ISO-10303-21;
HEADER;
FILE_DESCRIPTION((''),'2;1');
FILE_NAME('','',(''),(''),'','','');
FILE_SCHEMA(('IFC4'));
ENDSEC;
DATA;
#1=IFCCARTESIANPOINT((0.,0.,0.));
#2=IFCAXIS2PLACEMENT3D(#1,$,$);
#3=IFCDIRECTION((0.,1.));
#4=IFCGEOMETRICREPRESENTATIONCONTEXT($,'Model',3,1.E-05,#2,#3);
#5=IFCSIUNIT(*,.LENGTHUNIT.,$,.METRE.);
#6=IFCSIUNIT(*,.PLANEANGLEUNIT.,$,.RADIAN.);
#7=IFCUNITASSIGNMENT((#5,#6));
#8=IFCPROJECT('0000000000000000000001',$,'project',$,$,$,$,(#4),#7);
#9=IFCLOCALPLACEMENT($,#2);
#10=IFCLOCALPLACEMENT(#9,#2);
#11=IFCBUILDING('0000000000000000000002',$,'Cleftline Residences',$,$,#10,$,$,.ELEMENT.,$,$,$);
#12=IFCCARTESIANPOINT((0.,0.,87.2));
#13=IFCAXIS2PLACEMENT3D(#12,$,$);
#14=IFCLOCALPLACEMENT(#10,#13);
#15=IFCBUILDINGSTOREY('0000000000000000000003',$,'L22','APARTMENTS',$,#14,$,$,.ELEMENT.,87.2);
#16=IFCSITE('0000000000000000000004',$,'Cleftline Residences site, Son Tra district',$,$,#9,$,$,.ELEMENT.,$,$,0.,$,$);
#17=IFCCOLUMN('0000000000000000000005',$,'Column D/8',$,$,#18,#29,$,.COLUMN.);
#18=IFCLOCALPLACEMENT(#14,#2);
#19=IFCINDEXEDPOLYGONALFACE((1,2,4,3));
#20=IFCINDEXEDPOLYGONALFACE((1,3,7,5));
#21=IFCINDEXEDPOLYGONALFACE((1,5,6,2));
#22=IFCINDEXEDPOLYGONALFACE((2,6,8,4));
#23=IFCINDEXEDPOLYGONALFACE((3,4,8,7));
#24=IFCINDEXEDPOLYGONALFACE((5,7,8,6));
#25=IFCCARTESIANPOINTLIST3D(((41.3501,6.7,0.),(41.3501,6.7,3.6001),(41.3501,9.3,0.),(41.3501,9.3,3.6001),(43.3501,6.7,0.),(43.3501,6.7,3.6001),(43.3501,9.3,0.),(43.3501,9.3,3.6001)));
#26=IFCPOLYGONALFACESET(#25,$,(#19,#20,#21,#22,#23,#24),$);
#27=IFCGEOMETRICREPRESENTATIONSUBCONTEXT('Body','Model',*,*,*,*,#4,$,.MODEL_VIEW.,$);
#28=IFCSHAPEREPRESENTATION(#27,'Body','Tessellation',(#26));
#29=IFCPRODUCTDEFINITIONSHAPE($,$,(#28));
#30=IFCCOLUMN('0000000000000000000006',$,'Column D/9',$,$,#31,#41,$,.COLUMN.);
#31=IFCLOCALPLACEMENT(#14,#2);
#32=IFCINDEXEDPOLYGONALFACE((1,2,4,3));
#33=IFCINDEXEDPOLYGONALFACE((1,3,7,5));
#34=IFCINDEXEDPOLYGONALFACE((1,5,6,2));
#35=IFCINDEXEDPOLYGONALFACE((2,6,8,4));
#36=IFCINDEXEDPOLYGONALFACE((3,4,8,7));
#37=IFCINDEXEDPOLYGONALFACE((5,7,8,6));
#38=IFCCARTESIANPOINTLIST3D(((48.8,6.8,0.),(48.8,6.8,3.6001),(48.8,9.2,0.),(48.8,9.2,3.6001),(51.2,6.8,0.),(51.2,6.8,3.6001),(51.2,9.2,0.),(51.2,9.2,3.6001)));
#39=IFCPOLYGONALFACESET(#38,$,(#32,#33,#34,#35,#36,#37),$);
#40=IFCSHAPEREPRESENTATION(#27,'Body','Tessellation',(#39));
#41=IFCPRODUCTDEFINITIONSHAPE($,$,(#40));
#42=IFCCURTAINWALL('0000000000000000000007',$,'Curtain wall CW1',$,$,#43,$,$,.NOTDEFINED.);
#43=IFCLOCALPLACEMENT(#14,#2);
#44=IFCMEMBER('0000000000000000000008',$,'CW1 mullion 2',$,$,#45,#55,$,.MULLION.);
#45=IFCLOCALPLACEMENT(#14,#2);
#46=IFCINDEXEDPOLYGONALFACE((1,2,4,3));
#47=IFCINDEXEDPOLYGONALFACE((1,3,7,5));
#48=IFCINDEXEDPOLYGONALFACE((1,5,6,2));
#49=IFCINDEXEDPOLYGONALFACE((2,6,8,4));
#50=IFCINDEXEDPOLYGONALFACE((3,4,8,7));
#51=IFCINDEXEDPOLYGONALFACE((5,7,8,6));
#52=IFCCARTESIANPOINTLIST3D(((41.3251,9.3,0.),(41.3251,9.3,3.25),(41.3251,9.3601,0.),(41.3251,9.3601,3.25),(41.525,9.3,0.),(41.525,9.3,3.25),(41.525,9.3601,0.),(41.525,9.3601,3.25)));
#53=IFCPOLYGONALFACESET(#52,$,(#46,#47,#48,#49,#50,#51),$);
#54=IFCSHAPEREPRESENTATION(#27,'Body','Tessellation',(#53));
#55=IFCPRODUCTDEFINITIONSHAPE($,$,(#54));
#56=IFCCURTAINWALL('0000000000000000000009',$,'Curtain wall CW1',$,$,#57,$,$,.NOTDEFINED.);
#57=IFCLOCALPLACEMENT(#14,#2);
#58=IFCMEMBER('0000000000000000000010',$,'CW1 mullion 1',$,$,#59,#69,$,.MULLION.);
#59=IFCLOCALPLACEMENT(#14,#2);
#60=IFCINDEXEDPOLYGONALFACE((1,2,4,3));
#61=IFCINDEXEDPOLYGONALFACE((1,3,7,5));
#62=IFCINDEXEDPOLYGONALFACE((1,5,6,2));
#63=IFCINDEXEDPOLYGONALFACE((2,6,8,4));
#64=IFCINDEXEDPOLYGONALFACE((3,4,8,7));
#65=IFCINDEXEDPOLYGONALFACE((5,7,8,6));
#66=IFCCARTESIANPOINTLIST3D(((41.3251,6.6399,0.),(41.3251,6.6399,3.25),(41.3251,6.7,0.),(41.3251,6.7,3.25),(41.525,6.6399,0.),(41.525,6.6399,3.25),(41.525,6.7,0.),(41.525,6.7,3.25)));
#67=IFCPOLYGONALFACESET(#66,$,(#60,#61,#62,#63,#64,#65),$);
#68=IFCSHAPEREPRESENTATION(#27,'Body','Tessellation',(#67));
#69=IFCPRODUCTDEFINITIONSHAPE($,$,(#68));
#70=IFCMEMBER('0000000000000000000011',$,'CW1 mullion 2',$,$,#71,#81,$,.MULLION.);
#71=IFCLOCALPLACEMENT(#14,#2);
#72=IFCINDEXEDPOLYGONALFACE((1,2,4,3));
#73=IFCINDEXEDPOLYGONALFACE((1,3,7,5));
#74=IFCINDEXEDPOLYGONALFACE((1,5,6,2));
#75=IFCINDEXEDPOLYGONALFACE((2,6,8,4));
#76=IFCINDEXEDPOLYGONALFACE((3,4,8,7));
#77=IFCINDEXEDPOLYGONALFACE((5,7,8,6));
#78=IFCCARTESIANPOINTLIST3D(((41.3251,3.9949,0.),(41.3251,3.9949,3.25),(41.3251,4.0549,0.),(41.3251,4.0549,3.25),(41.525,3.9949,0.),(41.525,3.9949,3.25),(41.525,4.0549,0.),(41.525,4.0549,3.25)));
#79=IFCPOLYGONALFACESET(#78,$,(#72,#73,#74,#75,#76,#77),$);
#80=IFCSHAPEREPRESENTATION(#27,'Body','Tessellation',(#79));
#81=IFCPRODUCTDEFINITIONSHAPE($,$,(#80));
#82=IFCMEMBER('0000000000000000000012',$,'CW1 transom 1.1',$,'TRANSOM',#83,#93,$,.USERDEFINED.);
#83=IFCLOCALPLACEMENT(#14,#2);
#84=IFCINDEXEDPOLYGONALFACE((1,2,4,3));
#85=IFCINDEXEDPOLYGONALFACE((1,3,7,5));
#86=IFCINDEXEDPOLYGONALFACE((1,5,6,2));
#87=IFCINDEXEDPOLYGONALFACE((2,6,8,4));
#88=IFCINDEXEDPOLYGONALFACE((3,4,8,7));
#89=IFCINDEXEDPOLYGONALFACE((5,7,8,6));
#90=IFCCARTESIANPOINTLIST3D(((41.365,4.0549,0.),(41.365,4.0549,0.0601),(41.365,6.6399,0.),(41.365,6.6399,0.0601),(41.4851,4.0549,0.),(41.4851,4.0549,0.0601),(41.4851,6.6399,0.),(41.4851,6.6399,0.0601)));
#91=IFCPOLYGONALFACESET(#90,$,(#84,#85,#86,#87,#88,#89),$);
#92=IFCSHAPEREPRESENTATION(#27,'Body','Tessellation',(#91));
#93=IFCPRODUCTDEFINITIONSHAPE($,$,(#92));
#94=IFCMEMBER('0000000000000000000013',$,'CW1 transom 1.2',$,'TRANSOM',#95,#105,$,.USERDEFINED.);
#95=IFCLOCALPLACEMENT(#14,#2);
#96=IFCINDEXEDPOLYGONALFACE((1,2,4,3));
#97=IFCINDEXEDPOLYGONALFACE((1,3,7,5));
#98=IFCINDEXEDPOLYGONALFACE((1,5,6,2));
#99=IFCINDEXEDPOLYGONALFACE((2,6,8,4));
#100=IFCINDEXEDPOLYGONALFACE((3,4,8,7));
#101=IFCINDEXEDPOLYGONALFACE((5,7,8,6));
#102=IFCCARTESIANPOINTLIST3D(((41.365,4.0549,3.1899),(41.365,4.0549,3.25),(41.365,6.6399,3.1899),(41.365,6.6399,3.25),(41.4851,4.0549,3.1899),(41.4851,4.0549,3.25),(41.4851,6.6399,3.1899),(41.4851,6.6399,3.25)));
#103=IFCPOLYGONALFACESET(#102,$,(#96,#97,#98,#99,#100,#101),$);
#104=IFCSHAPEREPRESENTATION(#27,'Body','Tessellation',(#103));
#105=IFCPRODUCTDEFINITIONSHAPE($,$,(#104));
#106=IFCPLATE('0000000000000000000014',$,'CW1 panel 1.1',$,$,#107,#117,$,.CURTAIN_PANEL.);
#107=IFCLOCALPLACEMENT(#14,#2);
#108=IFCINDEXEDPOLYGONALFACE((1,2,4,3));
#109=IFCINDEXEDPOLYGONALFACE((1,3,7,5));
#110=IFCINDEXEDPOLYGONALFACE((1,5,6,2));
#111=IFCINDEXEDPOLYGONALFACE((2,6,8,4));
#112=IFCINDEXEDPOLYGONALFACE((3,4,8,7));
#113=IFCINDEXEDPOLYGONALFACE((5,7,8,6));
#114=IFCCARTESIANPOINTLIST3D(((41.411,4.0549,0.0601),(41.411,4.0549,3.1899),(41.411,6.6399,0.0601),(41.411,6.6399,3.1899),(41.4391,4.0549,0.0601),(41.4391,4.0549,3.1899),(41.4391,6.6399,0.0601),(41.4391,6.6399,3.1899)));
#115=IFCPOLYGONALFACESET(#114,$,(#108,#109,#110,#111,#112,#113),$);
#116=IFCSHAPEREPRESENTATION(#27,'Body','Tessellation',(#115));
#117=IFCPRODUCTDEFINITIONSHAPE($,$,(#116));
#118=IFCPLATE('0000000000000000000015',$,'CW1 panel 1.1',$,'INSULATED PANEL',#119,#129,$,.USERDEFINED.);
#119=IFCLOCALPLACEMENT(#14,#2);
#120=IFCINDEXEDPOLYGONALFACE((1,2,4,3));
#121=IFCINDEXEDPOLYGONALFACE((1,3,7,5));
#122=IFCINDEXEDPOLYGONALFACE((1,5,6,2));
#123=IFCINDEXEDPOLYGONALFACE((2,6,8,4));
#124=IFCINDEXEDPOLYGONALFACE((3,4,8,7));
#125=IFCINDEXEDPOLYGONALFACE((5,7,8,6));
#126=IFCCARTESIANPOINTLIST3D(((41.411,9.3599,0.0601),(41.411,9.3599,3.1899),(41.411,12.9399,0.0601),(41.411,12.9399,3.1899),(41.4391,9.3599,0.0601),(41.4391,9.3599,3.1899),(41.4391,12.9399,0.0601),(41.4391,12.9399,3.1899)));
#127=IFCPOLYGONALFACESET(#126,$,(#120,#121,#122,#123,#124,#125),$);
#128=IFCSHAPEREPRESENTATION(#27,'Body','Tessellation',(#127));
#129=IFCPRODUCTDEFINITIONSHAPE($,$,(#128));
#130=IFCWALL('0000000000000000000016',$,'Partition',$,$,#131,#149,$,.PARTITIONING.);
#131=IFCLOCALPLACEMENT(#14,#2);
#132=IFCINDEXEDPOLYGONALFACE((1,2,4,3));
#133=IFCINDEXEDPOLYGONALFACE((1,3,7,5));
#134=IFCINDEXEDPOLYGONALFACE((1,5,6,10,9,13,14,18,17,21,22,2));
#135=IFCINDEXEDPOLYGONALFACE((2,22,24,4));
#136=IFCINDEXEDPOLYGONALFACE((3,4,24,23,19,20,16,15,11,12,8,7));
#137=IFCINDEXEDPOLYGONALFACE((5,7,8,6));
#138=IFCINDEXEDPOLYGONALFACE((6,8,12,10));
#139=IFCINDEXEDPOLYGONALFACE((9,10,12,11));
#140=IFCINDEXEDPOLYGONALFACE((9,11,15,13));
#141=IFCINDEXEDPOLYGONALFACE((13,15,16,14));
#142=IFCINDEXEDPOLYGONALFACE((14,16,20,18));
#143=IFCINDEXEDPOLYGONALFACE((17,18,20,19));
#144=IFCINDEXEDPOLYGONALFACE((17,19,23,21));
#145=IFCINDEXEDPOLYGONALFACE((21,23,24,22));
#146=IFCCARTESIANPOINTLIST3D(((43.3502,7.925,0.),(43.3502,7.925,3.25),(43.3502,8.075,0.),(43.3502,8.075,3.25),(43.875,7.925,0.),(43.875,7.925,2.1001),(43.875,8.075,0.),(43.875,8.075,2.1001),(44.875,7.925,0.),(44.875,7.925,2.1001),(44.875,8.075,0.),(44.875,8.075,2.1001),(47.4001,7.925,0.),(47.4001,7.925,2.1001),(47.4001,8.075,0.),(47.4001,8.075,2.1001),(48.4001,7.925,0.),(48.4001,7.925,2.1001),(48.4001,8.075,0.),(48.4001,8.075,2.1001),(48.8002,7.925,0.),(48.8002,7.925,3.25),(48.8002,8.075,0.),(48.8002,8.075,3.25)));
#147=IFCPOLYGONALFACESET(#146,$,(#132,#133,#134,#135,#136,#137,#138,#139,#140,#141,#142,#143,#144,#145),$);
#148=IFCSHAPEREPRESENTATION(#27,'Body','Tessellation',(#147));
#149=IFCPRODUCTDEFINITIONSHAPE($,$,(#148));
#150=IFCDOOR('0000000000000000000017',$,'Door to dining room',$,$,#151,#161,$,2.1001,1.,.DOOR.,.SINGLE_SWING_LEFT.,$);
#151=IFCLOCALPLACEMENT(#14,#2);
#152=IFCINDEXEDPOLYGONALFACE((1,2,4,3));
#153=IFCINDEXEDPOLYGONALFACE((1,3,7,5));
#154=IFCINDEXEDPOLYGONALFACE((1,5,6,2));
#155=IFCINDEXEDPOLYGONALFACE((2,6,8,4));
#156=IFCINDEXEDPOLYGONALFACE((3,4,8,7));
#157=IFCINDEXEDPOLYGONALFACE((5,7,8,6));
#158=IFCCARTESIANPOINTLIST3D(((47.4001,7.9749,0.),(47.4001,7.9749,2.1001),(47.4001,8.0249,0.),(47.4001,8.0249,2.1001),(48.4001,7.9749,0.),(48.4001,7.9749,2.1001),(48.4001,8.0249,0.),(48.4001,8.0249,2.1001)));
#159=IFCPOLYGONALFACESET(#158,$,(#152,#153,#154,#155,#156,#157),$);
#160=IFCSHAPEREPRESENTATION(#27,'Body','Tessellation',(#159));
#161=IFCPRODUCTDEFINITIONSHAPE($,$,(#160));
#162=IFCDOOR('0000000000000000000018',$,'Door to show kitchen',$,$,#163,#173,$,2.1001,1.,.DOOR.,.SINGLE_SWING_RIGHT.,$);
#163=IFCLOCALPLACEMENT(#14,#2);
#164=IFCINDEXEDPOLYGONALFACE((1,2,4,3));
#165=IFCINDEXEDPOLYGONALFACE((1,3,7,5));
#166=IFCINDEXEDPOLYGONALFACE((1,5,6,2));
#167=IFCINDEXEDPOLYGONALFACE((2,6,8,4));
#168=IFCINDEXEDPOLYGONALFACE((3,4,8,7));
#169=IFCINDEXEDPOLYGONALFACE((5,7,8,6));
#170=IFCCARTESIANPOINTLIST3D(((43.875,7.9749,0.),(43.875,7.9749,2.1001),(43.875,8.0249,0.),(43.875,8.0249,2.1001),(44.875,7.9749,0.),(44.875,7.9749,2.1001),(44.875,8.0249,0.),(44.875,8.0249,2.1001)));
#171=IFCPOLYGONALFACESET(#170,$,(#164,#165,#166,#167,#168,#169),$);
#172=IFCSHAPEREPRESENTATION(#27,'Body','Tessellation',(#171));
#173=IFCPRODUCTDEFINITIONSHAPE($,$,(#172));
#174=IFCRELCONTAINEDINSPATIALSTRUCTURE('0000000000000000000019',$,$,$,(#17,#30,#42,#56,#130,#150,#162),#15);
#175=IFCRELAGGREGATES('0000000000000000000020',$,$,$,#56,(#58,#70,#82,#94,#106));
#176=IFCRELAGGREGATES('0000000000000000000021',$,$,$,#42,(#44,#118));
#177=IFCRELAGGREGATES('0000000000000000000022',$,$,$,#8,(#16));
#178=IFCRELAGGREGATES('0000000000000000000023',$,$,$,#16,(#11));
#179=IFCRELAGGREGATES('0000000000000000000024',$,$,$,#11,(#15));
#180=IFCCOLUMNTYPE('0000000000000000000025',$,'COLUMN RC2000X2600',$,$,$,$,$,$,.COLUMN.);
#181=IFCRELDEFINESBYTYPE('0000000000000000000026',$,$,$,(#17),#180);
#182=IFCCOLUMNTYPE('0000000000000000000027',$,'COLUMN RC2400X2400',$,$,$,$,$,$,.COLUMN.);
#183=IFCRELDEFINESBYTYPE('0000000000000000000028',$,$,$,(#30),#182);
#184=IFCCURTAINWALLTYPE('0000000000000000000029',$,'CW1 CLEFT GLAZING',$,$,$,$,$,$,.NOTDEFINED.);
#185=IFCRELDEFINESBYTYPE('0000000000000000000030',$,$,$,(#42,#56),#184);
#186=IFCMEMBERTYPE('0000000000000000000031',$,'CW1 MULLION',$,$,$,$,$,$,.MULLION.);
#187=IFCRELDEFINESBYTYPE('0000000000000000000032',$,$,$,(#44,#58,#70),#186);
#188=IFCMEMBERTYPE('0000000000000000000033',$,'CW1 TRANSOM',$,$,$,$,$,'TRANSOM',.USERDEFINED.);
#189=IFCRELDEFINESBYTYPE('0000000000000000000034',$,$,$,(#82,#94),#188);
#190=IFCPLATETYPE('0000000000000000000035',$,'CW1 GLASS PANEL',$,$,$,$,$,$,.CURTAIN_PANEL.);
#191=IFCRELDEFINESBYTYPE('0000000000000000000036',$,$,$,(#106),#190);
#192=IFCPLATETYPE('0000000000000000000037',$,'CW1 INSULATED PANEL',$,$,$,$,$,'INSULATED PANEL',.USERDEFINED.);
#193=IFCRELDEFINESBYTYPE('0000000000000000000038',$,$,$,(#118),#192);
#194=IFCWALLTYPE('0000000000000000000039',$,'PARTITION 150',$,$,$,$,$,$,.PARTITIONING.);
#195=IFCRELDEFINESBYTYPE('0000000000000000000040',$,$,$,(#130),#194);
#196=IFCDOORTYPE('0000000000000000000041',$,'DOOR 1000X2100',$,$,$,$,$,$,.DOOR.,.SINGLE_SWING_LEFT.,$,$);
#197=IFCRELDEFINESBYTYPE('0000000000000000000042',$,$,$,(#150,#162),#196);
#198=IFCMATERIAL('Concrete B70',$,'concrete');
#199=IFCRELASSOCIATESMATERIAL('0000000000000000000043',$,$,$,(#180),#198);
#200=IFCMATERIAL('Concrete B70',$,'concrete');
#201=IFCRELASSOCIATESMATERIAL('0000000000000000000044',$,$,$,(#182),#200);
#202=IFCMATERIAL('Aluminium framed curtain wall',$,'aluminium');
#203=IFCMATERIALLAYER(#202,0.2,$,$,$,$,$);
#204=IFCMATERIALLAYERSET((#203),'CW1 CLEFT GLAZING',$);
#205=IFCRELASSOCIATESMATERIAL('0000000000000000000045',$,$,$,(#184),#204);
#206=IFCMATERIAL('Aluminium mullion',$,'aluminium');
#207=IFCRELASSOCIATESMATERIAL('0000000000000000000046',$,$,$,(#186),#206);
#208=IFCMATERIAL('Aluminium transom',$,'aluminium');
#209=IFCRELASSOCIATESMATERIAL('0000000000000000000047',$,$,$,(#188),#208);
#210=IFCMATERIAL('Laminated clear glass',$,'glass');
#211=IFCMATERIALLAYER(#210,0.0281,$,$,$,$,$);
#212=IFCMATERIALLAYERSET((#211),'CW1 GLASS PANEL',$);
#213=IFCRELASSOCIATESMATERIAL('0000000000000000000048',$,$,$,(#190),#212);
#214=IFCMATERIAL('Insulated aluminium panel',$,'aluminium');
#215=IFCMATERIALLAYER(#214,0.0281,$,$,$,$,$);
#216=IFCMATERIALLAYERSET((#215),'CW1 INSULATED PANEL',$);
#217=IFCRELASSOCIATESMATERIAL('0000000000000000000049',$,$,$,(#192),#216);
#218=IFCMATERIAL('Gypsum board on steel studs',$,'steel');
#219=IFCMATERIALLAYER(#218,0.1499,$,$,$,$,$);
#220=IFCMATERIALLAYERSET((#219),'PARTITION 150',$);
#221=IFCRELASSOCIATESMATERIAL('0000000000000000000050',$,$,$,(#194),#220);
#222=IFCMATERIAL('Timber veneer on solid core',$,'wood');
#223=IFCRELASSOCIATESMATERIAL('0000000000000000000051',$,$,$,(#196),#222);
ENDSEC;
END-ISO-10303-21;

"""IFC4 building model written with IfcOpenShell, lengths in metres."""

from ifc_helpers import new_model, si_unit, direction, frame, frame_2d, origin, origin_2d, place, context, subcontext, project, spatial, rectangle, extrude, material, layer, layer_set, material_profile, profile_set, type_object, element, fill, aggregate, save


model = new_model("IFC4")

# Units and contexts
model_context = context("Model", 3, precision=1e-05, world=origin(), true_north=direction((0.0, 1.0)))
body_context = subcontext(model_context, "Body", "Model", "MODEL_VIEW")
ifc_project = project(units=[si_unit("LENGTHUNIT", "METRE"), si_unit("PLANEANGLEUNIT", "RADIAN")], contexts=[model_context])

# Site, building, storey
site_placement = place(None, origin())
site = spatial("IfcSite", under=ifc_project, at=site_placement, Name="Cleftline Residences site, Son Tra district", CompositionType="ELEMENT", RefElevation=0.0)
building_placement = place(site_placement, origin())
building = spatial("IfcBuilding", under=site, at=building_placement, Name="Cleftline Residences", CompositionType="ELEMENT")
storey_placement = place(building_placement, frame((0.0, 0.0, 87.2)))
storey = spatial("IfcBuildingStorey", under=building, at=storey_placement, Name="L22", Description="APARTMENTS", CompositionType="ELEMENT", Elevation=87.2)

# Columns
ifc_material_1 = material(Name="Concrete B70", Category="concrete")
ifc_material_profile_1 = material_profile(ifc_material_1, rectangle(XDim=2.0, YDim=2.6001, at=origin_2d()))
ifc_profile_set_1 = profile_set([ifc_material_profile_1], Name="Concrete B70")
column_type_1 = type_object("IfcColumnType", Name="COLUMN RC2000X2600", PredefinedType="COLUMN", material=ifc_profile_set_1)
column_1_placement = place(storey_placement, frame((42.3501, 8.0, 0.0), z_axis=(0.0, 0.0, 1.0), x_axis=(1.0, 0.0, 0.0)))
element("IfcColumn", 1, at=column_1_placement, inside=storey, type_object=column_type_1, Name="Column D/8", PredefinedType="COLUMN", context=body_context, shape_type="SweptSolid", body=[
    extrude(rectangle(XDim=2.0, YDim=2.6001, at=origin_2d()), origin(), (0.0, 0.0, 1.0), 3.6001),
])
ifc_material_2 = material(Name="Concrete B70", Category="concrete")
ifc_material_profile_2 = material_profile(ifc_material_2, rectangle(XDim=2.3999, YDim=2.3999, at=origin_2d()))
ifc_profile_set_2 = profile_set([ifc_material_profile_2], Name="Concrete B70")
column_type_2 = type_object("IfcColumnType", Name="COLUMN RC2400X2400", PredefinedType="COLUMN", material=ifc_profile_set_2)
column_2_placement = place(storey_placement, frame((50.0, 8.0, 0.0), z_axis=(0.0, 0.0, 1.0), x_axis=(1.0, 0.0, 0.0)))
element("IfcColumn", 2, at=column_2_placement, inside=storey, type_object=column_type_2, Name="Column D/9", PredefinedType="COLUMN", context=body_context, shape_type="SweptSolid", body=[
    extrude(rectangle(XDim=2.3999, YDim=2.3999, at=origin_2d()), origin(), (0.0, 0.0, 1.0), 3.6001),
])

# Curtain wall, member
ifc_material_3 = material(Name="Aluminium framed curtain wall", Category="aluminium")
ifc_layer_1 = layer(ifc_material_3, 0.2)
ifc_layer_set_1 = layer_set([ifc_layer_1], Name="CW1 CLEFT GLAZING")
curtain_wall_type = type_object("IfcCurtainWallType", Name="CW1 CLEFT GLAZING", PredefinedType="NOTDEFINED", material=ifc_layer_set_1)
curtain_wall_1_placement = place(storey_placement, origin())
curtain_wall_1 = element("IfcCurtainWall", 3, at=curtain_wall_1_placement, inside=storey, type_object=curtain_wall_type, Name="Curtain wall CW1", PredefinedType="NOTDEFINED")
ifc_material_4 = material(Name="Aluminium mullion", Category="aluminium")
ifc_material_profile_3 = material_profile(ifc_material_4, rectangle(XDim=0.2, YDim=0.0601, at=origin_2d()))
ifc_profile_set_3 = profile_set([ifc_material_profile_3], Name="Aluminium mullion")
member_type_1 = type_object("IfcMemberType", Name="CW1 MULLION", PredefinedType="MULLION", material=ifc_profile_set_3)
member_1_placement = place(storey_placement, frame((41.425, 9.3301, 0.0), z_axis=(0.0, 0.0, 1.0), x_axis=(1.0, 0.0, 0.0)))
member_1 = element("IfcMember", 4, at=member_1_placement, type_object=member_type_1, Name="CW1 mullion 2", PredefinedType="MULLION", context=body_context, shape_type="SweptSolid", body=[
    extrude(rectangle(XDim=0.2, YDim=0.0601, at=origin_2d()), origin(), (0.0, 0.0, 1.0), 3.25),
])

# Curtain wall, members, plate
curtain_wall_2_placement = place(storey_placement, origin())
curtain_wall_2 = element("IfcCurtainWall", 5, at=curtain_wall_2_placement, inside=storey, type_object=curtain_wall_type, Name="Curtain wall CW1", PredefinedType="NOTDEFINED")
member_2_placement = place(storey_placement, frame((41.425, 6.6699, 0.0), z_axis=(0.0, 0.0, 1.0), x_axis=(1.0, 0.0, 0.0)))
member_2 = element("IfcMember", 6, at=member_2_placement, type_object=member_type_1, Name="CW1 mullion 1", PredefinedType="MULLION", context=body_context, shape_type="SweptSolid", body=[
    extrude(rectangle(XDim=0.2, YDim=0.0601, at=origin_2d()), origin(), (0.0, 0.0, 1.0), 3.25),
])
member_3_placement = place(storey_placement, frame((41.425, 4.0249, 0.0), z_axis=(0.0, 0.0, 1.0), x_axis=(1.0, 0.0, 0.0)))
member_3 = element("IfcMember", 7, at=member_3_placement, type_object=member_type_1, Name="CW1 mullion 2", PredefinedType="MULLION", context=body_context, shape_type="SweptSolid", body=[
    extrude(rectangle(XDim=0.2, YDim=0.0601, at=origin_2d()), origin(), (0.0, 0.0, 1.0), 3.25),
])
ifc_material_5 = material(Name="Aluminium transom", Category="aluminium")
ifc_material_profile_4 = material_profile(ifc_material_5, rectangle(XDim=0.1201, YDim=0.0601, at=origin_2d()))
ifc_profile_set_4 = profile_set([ifc_material_profile_4], Name="Aluminium transom")
member_type_2 = type_object("IfcMemberType", Name="CW1 TRANSOM", ElementType="TRANSOM", PredefinedType="USERDEFINED", material=ifc_profile_set_4)
member_4_placement = place(storey_placement, frame((41.425, 6.6399, 0.03), z_axis=(0.0, -1.0, 0.0), x_axis=(1.0, 0.0, 0.0)))
member_4 = element("IfcMember", 8, at=member_4_placement, type_object=member_type_2, Name="CW1 transom 1.1", ObjectType="TRANSOM", PredefinedType="USERDEFINED", context=body_context, shape_type="SweptSolid", body=[
    extrude(rectangle(XDim=0.1201, YDim=0.0601, at=origin_2d()), origin(), (0.0, 0.0, 1.0), 2.585),
])
member_5_placement = place(storey_placement, frame((41.425, 6.6399, 3.22), z_axis=(0.0, -1.0, 0.0), x_axis=(1.0, 0.0, 0.0)))
member_5 = element("IfcMember", 9, at=member_5_placement, type_object=member_type_2, Name="CW1 transom 1.2", ObjectType="TRANSOM", PredefinedType="USERDEFINED", context=body_context, shape_type="SweptSolid", body=[
    extrude(rectangle(XDim=0.1201, YDim=0.0601, at=origin_2d()), origin(), (0.0, 0.0, 1.0), 2.585),
])
ifc_material_6 = material(Name="Laminated clear glass", Category="glass")
ifc_layer_2 = layer(ifc_material_6, 0.0281)
ifc_layer_set_2 = layer_set([ifc_layer_2], Name="CW1 GLASS PANEL")
plate_type_1 = type_object("IfcPlateType", Name="CW1 GLASS PANEL", PredefinedType="CURTAIN_PANEL", material=ifc_layer_set_2)
plate_1_placement = place(storey_placement, frame((41.425, 5.3474, 0.0601), z_axis=(0.0, 0.0, 1.0), x_axis=(0.0, -1.0, 0.0)))
plate_1 = element("IfcPlate", 10, at=plate_1_placement, type_object=plate_type_1, Name="CW1 panel 1.1", PredefinedType="CURTAIN_PANEL", context=body_context, shape_type="SweptSolid", body=[
    extrude(rectangle(XDim=2.585, YDim=0.0281, at=origin_2d()), origin(), (0.0, 0.0, 1.0), 3.1299),
])
aggregate(curtain_wall_2, [member_2, member_3, member_4, member_5, plate_1])

# Plate
ifc_material_7 = material(Name="Insulated aluminium panel", Category="aluminium")
ifc_layer_3 = layer(ifc_material_7, 0.0281)
ifc_layer_set_3 = layer_set([ifc_layer_3], Name="CW1 INSULATED PANEL")
plate_type_2 = type_object("IfcPlateType", Name="CW1 INSULATED PANEL", ElementType="INSULATED PANEL", PredefinedType="USERDEFINED", material=ifc_layer_set_3)
plate_2_placement = place(storey_placement, frame((41.425, 11.1499, 0.0601), z_axis=(0.0, 0.0, 1.0), x_axis=(0.0, -1.0, 0.0)))
plate_2 = element("IfcPlate", 11, at=plate_2_placement, type_object=plate_type_2, Name="CW1 panel 1.1", ObjectType="INSULATED PANEL", PredefinedType="USERDEFINED", context=body_context, shape_type="SweptSolid", body=[
    extrude(rectangle(XDim=3.5801, YDim=0.0281, at=origin_2d()), origin(), (0.0, 0.0, 1.0), 3.1299),
])
aggregate(curtain_wall_1, [member_1, plate_2])

# Wall, openings, doors
ifc_material_8 = material(Name="Gypsum board on steel studs", Category="steel")
ifc_layer_4 = layer(ifc_material_8, 0.1499)
ifc_layer_set_4 = layer_set([ifc_layer_4], Name="PARTITION 150")
wall_type = type_object("IfcWallType", Name="PARTITION 150", PredefinedType="PARTITIONING", material=ifc_layer_set_4)
wall_1_placement = place(storey_placement, frame((43.3501, 8.0, 0.0), z_axis=(0.0, 0.0, 1.0), x_axis=(1.0, 0.0, 0.0)))
wall_1 = element("IfcWall", 12, at=wall_1_placement, inside=storey, type_object=wall_type, Name="Partition", PredefinedType="PARTITIONING", context=body_context, shape_type="SweptSolid", body=[
    extrude(rectangle(XDim=5.45, YDim=0.1499, at=frame_2d((2.7251, 0.0))), origin(), (0.0, 0.0, 1.0), 3.25),
])
opening_1_placement = place(wall_1_placement, frame((4.05, 0.0, 0.0)))
opening_1 = element("IfcOpeningElement", 13, at=opening_1_placement, cuts=wall_1, PredefinedType="OPENING", context=body_context, shape_type="SweptSolid", body=[
    extrude(rectangle(XDim=1.0, YDim=2.1001, at=frame_2d((0.5, 1.05))), frame((0.0, 0.085, 0.0), z_axis=(0.0, -1.0, 0.0), x_axis=(1.0, 0.0, 0.0)), (0.0, 0.0, 1.0), 0.1699),
])
opening_2_placement = place(wall_1_placement, frame((0.5249, 0.0, 0.0)))
opening_2 = element("IfcOpeningElement", 14, at=opening_2_placement, cuts=wall_1, PredefinedType="OPENING", context=body_context, shape_type="SweptSolid", body=[
    extrude(rectangle(XDim=1.0, YDim=2.1001, at=frame_2d((0.5, 1.05))), frame((0.0, 0.085, 0.0), z_axis=(0.0, -1.0, 0.0), x_axis=(1.0, 0.0, 0.0)), (0.0, 0.0, 1.0), 0.1699),
])
ifc_material_9 = material(Name="Timber veneer on solid core", Category="wood")
door_type_1 = type_object("IfcDoorType", Name="DOOR 1000X2100", OperationType="SINGLE_SWING_LEFT", PredefinedType="DOOR", material=ifc_material_9)
door_1_placement = place(opening_1_placement, origin())
door_1 = element("IfcDoor", 15, at=door_1_placement, inside=storey, type_object=door_type_1, Name="Door to dining room", OperationType="SINGLE_SWING_LEFT", OverallHeight=2.1001, OverallWidth=1.0, PredefinedType="DOOR", context=body_context, shape_type="SweptSolid", body=[
    extrude(rectangle(XDim=1.0, YDim=2.1001, at=frame_2d((0.5, 1.05))), frame((0.0, 0.0249, 0.0), z_axis=(0.0, -1.0, 0.0), x_axis=(1.0, 0.0, 0.0)), (0.0, 0.0, 1.0), 0.05),
])
fill(opening_1, door_1)
door_2_placement = place(opening_2_placement, origin())
door_2 = element("IfcDoor", 16, at=door_2_placement, inside=storey, type_object=door_type_1, Name="Door to show kitchen", OperationType="SINGLE_SWING_RIGHT", OverallHeight=2.1001, OverallWidth=1.0, PredefinedType="DOOR", context=body_context, shape_type="SweptSolid", body=[
    extrude(rectangle(XDim=1.0, YDim=2.1001, at=frame_2d((0.5, 1.05))), frame((0.0, 0.0249, 0.0), z_axis=(0.0, -1.0, 0.0), x_axis=(1.0, 0.0, 0.0)), (0.0, 0.0, 1.0), 0.05),
])
fill(opening_2, door_2)

save(model, "model.ifc")
